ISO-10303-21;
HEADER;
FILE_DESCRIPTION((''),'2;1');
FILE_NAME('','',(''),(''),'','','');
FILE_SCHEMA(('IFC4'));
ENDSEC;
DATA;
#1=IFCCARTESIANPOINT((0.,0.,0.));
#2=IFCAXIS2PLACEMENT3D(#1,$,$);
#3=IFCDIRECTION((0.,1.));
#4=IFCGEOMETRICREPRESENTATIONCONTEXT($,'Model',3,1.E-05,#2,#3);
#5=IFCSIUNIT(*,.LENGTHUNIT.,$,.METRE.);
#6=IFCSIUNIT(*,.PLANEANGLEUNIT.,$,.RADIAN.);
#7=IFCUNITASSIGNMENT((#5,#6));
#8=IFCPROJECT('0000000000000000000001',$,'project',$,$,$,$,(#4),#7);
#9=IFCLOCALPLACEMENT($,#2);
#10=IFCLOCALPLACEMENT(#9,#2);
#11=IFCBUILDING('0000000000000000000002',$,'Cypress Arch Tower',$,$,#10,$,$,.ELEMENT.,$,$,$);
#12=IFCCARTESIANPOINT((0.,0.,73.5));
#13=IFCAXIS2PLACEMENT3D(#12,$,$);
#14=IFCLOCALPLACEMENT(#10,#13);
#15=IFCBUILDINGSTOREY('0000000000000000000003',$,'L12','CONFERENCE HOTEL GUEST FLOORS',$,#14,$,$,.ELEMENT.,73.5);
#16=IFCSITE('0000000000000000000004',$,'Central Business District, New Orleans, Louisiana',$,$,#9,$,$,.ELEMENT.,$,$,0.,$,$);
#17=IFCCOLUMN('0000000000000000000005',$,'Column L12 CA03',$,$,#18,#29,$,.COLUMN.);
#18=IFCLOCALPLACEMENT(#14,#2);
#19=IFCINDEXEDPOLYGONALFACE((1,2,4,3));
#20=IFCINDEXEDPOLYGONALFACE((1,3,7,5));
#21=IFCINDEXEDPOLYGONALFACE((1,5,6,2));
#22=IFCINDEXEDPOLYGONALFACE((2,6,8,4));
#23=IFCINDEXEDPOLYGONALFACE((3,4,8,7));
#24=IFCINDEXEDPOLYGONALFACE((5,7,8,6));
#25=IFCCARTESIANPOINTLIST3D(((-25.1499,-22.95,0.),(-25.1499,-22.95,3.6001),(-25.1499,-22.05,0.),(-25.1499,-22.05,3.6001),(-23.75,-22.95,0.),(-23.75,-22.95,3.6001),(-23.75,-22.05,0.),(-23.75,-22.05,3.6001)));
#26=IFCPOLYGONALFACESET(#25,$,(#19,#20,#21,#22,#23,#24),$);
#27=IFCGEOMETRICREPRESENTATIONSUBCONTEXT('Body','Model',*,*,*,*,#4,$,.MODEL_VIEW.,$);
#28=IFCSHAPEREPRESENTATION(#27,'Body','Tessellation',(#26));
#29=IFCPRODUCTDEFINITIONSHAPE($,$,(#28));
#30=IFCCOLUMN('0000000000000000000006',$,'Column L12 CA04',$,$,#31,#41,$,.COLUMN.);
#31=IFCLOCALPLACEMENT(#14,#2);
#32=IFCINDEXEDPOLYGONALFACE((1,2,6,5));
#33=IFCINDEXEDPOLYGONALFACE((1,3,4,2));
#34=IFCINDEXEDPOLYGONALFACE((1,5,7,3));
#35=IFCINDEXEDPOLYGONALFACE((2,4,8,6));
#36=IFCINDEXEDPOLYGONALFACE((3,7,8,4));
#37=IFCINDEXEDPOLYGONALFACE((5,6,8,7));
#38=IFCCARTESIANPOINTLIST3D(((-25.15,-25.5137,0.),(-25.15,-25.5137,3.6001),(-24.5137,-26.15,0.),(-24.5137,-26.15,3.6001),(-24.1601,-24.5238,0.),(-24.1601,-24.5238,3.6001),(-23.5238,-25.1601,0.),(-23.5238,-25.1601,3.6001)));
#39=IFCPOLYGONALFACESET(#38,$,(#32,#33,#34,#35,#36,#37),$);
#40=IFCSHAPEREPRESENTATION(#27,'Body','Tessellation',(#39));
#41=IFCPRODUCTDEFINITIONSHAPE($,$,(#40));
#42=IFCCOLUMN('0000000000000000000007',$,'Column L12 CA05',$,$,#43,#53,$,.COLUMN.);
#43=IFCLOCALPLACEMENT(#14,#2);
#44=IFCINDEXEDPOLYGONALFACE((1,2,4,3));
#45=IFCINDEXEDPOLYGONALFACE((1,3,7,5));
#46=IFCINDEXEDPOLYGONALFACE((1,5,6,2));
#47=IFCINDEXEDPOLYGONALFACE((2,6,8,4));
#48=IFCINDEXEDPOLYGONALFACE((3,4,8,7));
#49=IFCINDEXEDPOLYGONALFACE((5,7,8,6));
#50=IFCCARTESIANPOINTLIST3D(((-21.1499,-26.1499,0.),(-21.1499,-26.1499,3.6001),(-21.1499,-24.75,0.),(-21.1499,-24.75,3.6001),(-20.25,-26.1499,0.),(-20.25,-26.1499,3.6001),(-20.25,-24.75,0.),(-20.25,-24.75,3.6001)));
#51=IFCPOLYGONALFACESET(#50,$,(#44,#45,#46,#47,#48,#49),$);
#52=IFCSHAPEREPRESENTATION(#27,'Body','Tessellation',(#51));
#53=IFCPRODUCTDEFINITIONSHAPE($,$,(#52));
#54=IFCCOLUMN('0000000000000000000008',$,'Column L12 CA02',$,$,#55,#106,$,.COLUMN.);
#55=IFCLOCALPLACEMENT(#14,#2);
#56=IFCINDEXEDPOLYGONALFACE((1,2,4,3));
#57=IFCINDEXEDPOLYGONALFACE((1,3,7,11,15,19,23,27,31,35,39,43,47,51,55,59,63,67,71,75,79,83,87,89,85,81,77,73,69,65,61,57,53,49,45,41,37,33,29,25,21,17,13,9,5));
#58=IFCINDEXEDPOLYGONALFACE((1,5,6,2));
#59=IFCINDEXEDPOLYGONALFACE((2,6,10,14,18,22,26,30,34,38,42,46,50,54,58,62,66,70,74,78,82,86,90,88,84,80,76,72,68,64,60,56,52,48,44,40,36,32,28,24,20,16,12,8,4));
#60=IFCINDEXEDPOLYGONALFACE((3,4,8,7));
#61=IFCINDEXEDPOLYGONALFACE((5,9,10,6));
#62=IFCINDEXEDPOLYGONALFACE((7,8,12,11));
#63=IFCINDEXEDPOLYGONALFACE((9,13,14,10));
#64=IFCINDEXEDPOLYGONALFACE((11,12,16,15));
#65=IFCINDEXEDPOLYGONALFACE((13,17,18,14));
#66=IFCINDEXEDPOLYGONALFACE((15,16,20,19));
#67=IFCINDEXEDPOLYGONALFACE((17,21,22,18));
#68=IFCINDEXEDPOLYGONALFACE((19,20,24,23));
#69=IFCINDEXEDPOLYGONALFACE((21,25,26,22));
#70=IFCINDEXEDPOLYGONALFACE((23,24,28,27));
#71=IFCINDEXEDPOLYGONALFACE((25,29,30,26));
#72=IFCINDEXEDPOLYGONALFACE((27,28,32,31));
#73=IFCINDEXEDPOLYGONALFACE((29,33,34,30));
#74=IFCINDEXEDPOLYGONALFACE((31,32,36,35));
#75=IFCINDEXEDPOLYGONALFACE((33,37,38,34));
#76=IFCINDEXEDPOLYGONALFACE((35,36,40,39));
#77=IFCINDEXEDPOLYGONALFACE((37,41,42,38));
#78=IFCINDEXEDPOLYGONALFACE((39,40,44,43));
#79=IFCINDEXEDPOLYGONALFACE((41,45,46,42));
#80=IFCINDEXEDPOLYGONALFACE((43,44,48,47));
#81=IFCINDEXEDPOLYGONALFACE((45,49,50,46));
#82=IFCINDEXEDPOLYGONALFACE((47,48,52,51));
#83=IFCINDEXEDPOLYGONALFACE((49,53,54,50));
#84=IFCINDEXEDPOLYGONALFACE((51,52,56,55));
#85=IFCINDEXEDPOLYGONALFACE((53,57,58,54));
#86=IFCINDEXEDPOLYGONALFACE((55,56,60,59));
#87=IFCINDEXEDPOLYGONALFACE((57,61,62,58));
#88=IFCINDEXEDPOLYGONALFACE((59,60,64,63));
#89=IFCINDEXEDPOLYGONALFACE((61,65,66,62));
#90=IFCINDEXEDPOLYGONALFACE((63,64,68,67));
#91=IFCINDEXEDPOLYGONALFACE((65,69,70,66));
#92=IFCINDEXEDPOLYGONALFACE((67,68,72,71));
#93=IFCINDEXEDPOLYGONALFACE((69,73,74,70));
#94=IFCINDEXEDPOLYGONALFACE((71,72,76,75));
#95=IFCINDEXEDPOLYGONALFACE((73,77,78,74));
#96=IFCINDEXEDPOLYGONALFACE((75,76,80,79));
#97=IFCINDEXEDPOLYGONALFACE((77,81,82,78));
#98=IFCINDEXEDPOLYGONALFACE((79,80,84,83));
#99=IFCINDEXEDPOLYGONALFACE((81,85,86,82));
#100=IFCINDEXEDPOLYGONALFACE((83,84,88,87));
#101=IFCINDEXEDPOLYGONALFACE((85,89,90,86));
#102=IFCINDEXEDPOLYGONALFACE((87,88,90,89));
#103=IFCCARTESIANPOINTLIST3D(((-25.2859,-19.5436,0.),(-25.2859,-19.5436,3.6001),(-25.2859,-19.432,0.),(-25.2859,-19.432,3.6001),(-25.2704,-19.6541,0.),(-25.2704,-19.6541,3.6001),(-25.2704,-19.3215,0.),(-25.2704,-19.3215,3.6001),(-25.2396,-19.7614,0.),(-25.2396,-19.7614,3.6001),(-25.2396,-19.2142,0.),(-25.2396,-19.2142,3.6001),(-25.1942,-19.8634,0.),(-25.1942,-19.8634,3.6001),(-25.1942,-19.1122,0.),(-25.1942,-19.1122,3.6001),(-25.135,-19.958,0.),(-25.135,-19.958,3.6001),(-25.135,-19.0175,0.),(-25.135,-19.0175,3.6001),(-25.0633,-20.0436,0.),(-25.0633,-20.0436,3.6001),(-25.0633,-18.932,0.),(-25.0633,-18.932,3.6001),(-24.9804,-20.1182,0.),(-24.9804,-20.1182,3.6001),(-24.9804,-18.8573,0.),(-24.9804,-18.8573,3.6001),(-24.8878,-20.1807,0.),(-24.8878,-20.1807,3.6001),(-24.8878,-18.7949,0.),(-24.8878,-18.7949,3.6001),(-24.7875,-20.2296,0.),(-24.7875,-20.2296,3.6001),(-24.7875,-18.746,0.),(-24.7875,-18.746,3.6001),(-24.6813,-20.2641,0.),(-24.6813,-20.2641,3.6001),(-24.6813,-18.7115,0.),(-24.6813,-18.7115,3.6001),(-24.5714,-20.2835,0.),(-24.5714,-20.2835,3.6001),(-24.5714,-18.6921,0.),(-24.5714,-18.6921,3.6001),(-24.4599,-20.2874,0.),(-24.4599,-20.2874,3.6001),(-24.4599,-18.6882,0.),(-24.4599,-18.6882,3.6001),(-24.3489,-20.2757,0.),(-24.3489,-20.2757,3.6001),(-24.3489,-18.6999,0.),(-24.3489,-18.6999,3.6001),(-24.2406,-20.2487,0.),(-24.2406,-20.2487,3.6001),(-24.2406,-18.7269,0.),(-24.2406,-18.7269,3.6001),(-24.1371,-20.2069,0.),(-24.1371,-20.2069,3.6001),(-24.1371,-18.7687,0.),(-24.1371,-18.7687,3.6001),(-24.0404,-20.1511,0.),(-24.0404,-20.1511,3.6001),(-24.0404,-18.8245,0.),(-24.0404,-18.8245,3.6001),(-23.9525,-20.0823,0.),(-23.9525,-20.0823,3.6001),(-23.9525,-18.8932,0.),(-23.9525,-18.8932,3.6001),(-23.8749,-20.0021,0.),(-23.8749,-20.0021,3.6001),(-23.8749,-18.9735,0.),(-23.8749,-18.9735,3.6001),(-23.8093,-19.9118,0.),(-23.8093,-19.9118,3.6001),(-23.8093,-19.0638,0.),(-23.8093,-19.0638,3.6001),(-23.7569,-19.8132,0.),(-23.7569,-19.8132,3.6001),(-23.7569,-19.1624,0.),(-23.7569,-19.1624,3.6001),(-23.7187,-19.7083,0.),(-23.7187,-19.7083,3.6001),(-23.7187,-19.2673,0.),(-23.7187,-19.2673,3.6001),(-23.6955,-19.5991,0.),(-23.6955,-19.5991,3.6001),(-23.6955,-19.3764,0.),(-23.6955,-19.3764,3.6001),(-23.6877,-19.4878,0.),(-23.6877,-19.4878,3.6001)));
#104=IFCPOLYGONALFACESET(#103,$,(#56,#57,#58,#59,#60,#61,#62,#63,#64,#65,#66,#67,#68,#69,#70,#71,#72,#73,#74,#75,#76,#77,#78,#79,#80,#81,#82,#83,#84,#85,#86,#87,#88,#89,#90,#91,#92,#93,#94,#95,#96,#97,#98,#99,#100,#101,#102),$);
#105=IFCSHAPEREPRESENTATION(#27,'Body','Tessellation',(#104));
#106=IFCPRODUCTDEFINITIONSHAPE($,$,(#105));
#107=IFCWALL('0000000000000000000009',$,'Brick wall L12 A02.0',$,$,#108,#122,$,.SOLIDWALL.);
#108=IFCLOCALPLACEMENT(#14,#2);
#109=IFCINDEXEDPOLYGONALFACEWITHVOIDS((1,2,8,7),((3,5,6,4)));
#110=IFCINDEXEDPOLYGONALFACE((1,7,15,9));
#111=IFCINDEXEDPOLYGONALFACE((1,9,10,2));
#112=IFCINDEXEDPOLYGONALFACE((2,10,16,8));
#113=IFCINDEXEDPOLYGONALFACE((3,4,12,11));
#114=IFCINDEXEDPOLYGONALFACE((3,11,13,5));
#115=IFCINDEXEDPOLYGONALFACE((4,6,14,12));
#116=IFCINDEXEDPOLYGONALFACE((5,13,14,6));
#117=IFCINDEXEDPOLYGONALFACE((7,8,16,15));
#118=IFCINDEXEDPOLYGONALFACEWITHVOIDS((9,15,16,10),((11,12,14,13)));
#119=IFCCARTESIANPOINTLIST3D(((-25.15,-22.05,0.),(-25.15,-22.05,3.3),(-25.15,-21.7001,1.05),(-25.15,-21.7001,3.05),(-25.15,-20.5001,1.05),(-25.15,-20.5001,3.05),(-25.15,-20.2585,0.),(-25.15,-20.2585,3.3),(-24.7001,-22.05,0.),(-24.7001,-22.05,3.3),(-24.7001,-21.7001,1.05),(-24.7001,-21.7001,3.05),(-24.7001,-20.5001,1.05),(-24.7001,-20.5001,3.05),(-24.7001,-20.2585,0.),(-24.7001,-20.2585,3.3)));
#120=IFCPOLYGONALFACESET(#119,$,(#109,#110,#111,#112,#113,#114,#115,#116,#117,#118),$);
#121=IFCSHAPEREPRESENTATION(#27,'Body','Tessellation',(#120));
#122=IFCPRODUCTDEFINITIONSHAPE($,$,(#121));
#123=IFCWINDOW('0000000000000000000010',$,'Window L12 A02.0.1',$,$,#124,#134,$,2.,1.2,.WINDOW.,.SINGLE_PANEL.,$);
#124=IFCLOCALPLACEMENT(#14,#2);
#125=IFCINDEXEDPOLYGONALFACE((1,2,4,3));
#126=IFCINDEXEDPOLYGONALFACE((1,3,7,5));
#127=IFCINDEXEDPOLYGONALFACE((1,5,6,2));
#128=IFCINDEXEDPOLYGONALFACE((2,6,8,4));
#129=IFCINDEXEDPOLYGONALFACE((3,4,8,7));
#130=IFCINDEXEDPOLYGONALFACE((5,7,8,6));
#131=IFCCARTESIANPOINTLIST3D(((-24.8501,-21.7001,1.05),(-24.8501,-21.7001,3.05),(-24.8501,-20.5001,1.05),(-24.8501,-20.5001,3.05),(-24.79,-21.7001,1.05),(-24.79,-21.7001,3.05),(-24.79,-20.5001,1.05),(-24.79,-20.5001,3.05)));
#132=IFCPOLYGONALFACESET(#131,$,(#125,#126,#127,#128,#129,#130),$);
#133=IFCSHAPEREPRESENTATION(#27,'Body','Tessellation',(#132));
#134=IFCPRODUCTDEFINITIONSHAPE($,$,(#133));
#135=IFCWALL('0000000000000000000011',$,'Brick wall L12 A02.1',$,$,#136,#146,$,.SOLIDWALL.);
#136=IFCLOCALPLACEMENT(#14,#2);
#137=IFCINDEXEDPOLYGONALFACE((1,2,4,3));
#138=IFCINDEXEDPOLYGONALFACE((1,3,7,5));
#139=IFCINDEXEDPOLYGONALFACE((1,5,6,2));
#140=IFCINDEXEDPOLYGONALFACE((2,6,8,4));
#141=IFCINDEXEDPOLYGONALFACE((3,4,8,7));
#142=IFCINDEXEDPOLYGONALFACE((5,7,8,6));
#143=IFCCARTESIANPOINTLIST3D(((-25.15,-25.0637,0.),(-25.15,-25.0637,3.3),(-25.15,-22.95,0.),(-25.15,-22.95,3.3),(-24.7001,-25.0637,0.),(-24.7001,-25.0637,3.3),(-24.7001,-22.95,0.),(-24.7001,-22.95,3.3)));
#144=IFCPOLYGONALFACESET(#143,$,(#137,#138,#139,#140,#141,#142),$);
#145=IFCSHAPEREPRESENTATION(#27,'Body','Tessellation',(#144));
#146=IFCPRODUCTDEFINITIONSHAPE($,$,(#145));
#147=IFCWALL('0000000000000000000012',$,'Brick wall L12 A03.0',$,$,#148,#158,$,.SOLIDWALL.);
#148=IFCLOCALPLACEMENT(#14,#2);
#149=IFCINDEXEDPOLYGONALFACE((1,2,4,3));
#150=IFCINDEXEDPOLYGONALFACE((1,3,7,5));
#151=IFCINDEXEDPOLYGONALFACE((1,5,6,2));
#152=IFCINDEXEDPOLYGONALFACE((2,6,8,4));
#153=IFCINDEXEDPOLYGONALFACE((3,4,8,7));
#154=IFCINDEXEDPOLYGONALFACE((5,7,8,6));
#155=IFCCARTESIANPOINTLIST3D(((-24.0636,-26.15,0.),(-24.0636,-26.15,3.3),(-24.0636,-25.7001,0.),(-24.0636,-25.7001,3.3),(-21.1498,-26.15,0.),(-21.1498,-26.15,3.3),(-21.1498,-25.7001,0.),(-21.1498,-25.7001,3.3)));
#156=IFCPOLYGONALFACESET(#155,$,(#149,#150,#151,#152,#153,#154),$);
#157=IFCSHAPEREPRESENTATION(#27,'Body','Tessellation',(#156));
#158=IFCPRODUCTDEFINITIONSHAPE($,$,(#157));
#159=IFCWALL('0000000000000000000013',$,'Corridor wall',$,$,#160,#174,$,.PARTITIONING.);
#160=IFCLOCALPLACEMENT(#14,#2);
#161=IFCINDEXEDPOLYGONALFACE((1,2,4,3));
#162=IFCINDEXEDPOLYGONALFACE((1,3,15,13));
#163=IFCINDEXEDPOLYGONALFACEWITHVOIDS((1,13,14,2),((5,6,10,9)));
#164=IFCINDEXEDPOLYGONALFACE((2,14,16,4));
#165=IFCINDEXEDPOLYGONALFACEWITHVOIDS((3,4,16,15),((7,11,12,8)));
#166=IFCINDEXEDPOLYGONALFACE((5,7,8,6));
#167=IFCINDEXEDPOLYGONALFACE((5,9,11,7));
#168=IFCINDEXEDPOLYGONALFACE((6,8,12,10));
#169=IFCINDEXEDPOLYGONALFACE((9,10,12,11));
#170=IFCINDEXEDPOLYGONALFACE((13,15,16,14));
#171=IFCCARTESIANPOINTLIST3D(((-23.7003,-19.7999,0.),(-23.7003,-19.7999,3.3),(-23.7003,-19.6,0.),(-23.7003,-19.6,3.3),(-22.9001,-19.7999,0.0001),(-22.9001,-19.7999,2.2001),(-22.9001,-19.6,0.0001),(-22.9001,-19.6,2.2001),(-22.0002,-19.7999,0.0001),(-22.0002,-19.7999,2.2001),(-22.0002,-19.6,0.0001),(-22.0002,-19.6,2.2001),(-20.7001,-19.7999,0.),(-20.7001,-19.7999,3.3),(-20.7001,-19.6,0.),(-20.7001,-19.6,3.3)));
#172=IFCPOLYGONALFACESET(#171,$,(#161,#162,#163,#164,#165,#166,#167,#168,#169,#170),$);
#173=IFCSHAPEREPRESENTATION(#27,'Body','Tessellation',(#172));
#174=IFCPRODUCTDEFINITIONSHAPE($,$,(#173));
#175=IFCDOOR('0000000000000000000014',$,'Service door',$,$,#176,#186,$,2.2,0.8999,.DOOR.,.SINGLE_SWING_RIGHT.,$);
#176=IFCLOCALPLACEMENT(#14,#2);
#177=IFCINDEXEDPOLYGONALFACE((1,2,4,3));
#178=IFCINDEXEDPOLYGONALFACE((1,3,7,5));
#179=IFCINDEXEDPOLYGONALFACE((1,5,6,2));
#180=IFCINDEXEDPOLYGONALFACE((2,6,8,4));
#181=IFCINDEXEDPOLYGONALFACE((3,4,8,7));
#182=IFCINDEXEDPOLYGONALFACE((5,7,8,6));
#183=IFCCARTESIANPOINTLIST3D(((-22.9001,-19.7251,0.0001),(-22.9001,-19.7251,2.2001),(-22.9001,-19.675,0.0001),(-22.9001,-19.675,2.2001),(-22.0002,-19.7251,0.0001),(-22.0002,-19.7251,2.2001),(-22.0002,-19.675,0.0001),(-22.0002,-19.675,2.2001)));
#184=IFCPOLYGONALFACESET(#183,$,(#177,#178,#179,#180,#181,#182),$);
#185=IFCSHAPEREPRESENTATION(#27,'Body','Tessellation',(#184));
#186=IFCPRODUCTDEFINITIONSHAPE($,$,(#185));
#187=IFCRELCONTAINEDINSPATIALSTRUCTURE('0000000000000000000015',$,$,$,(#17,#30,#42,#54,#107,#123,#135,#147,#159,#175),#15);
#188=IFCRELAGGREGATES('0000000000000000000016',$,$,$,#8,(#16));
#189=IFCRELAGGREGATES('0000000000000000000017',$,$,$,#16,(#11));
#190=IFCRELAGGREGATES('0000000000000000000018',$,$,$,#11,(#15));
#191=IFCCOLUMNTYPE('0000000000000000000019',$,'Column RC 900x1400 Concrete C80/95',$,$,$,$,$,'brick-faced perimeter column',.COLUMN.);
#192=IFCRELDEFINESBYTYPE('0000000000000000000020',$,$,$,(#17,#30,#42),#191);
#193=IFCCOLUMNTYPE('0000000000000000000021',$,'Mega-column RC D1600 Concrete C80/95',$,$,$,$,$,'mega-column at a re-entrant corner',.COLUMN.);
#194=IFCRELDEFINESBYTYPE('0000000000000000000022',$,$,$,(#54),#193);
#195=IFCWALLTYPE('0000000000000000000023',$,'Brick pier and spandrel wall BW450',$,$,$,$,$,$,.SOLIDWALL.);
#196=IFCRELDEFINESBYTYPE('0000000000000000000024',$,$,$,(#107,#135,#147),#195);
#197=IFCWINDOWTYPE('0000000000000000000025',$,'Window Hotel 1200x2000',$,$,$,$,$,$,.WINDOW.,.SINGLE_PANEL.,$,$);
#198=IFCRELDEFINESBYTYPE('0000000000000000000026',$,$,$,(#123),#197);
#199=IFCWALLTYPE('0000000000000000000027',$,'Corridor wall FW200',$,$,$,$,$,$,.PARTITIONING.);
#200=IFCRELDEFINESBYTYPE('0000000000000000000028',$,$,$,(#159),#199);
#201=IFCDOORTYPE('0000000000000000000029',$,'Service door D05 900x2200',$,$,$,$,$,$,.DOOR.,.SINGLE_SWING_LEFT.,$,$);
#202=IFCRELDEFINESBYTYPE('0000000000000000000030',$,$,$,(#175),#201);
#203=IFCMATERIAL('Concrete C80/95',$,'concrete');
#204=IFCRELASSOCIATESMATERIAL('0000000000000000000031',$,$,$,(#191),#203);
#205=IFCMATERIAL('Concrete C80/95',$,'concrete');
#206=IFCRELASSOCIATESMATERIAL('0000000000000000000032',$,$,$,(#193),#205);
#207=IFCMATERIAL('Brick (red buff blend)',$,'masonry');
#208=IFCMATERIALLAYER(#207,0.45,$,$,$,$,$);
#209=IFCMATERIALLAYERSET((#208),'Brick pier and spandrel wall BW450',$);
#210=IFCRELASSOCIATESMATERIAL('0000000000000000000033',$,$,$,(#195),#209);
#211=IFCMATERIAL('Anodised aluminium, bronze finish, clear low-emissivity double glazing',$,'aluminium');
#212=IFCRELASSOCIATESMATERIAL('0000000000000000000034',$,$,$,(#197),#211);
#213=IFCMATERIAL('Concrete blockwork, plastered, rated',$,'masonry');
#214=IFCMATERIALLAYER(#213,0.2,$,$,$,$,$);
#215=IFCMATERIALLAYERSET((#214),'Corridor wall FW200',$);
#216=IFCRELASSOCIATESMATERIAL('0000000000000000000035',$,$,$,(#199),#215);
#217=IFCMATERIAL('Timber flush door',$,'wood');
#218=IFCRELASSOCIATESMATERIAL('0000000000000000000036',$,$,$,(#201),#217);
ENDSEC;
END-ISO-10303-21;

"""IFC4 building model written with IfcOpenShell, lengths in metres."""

from ifc_helpers import new_model, si_unit, direction, frame, frame_2d, origin, origin_2d, place, context, subcontext, project, spatial, rectangle, circle, extrude, material, layer, layer_set, material_profile, profile_set, type_object, element, fill, save


model = new_model("IFC4")

# Units and contexts
model_context = context("Model", 3, precision=1e-05, world=origin(), true_north=direction((0.0, 1.0)))
body_context = subcontext(model_context, "Body", "Model", "MODEL_VIEW")
ifc_project = project(units=[si_unit("LENGTHUNIT", "METRE"), si_unit("PLANEANGLEUNIT", "RADIAN")], contexts=[model_context])

# Site, building, storey
site_placement = place(None, origin())
site = spatial("IfcSite", under=ifc_project, at=site_placement, Name="Central Business District, New Orleans, Louisiana", CompositionType="ELEMENT", RefElevation=0.0)
building_placement = place(site_placement, origin())
building = spatial("IfcBuilding", under=site, at=building_placement, Name="Cypress Arch Tower", CompositionType="ELEMENT")
storey_placement = place(building_placement, frame((0.0, 0.0, 73.5)))
storey = spatial("IfcBuildingStorey", under=building, at=storey_placement, Name="L12", Description="CONFERENCE HOTEL GUEST FLOORS", CompositionType="ELEMENT", Elevation=73.5)

# Columns
ifc_material_1 = material(Name="Concrete C80/95", Category="concrete")
ifc_material_profile_1 = material_profile(ifc_material_1, rectangle(XDim=0.8999, YDim=1.3999, at=origin_2d()), Name="RC 900x1400")
ifc_profile_set_1 = profile_set([ifc_material_profile_1], Name="Concrete C80/95")
column_type_1 = type_object("IfcColumnType", Name="Column RC 900x1400 Concrete C80/95", ElementType="brick-faced perimeter column", PredefinedType="COLUMN", material=ifc_profile_set_1)
for number, where, z_axis, x_axis, name in (
    (1, (-24.45, -22.5, 0.0), (0.0, 0.0, 1.0), (0.0, -1.0, 0.0), "Column L12 CA03"),
    (2, (-24.3369, -25.3369, 0.0), (0.0, 0.0, 1.0), (0.707107, -0.707107, 0.0), "Column L12 CA04"),
    (3, (-20.7, -25.45, 0.0), (0.0, 0.0, 1.0), (1.0, 0.0, 0.0), "Column L12 CA05"),
):
    element("IfcColumn", number, at=place(storey_placement, frame(where, z_axis=z_axis, x_axis=x_axis)), inside=storey, type_object=column_type_1, Name=name, PredefinedType="COLUMN", context=body_context, shape_type="SweptSolid", body=[
        extrude(rectangle(XDim=0.8999, YDim=1.3999, at=origin_2d()), origin(), (0.0, 0.0, 1.0), 3.6001),
    ])
ifc_material_2 = material(Name="Concrete C80/95", Category="concrete")
ifc_material_profile_2 = material_profile(ifc_material_2, circle(Radius=0.8, at=origin_2d()), Name="RC D1600")
ifc_profile_set_2 = profile_set([ifc_material_profile_2], Name="Concrete C80/95")
column_type_2 = type_object("IfcColumnType", Name="Mega-column RC D1600 Concrete C80/95", ElementType="mega-column at a re-entrant corner", PredefinedType="COLUMN", material=ifc_profile_set_2)
column_placement = place(storey_placement, frame((-24.4878, -19.4878, 0.0), z_axis=(0.0, 0.0, 1.0), x_axis=(1.0, 0.0, 0.0)))
element("IfcColumn", 4, at=column_placement, inside=storey, type_object=column_type_2, Name="Column L12 CA02", PredefinedType="COLUMN", context=body_context, shape_type="SweptSolid", body=[
    extrude(circle(Radius=0.8, at=origin_2d()), origin(), (0.0, 0.0, 1.0), 3.6001),
])

# Wall, opening, window
ifc_material_3 = material(Name="Brick (red buff blend)", Category="masonry")
ifc_layer_1 = layer(ifc_material_3, 0.45)
ifc_layer_set_1 = layer_set([ifc_layer_1], Name="Brick pier and spandrel wall BW450")
wall_type_1 = type_object("IfcWallType", Name="Brick pier and spandrel wall BW450", PredefinedType="SOLIDWALL", material=ifc_layer_set_1)
wall_1_placement = place(storey_placement, frame((-24.925, -20.2585, 0.0), z_axis=(0.0, 0.0, 1.0), x_axis=(0.0, -1.0, 0.0)))
wall_1 = element("IfcWall", 5, at=wall_1_placement, inside=storey, type_object=wall_type_1, Name="Brick wall L12 A02.0", PredefinedType="SOLIDWALL", context=body_context, shape_type="SweptSolid", body=[
    extrude(rectangle(XDim=1.7915, YDim=0.45, at=frame_2d((0.8958, 0.0))), origin(), (0.0, 0.0, 1.0), 3.3),
])
opening_1_placement = place(wall_1_placement, frame((0.2415, 0.0, 1.05)))
opening_1 = element("IfcOpeningElement", 6, at=opening_1_placement, cuts=wall_1, PredefinedType="OPENING", context=body_context, shape_type="SweptSolid", body=[
    extrude(rectangle(XDim=1.2, YDim=2.0, at=frame_2d((0.6001, 1.0))), frame((0.0, 0.2349, 0.0), z_axis=(0.0, -1.0, 0.0), x_axis=(1.0, 0.0, 0.0)), (0.0, 0.0, 1.0), 0.47),
])
ifc_material_4 = material(Name="Anodised aluminium, bronze finish, clear low-emissivity double glazing", Category="aluminium")
window_type = type_object("IfcWindowType", Name="Window Hotel 1200x2000", PartitioningType="SINGLE_PANEL", PredefinedType="WINDOW", material=ifc_material_4)
window_placement = place(opening_1_placement, origin())
window = element("IfcWindow", 7, at=window_placement, inside=storey, type_object=window_type, Name="Window L12 A02.0.1", OverallHeight=2.0, OverallWidth=1.2, PartitioningType="SINGLE_PANEL", PredefinedType="WINDOW", context=body_context, shape_type="SweptSolid", body=[
    extrude(rectangle(XDim=1.2, YDim=2.0, at=frame_2d((0.6001, 1.0))), frame((0.0, 0.135, 0.0), z_axis=(0.0, -1.0, 0.0), x_axis=(1.0, 0.0, 0.0)), (0.0, 0.0, 1.0), 0.0601),
])
fill(opening_1, window)

# Walls
wall_2_placement = place(storey_placement, frame((-24.925, -22.95, 0.0), z_axis=(0.0, 0.0, 1.0), x_axis=(0.0, -1.0, 0.0)))
element("IfcWall", 8, at=wall_2_placement, inside=storey, type_object=wall_type_1, Name="Brick wall L12 A02.1", PredefinedType="SOLIDWALL", context=body_context, shape_type="SweptSolid", body=[
    extrude(rectangle(XDim=2.1138, YDim=0.45, at=frame_2d((1.0569, 0.0))), origin(), (0.0, 0.0, 1.0), 3.3),
])
wall_3_placement = place(storey_placement, frame((-24.0637, -25.925, 0.0), z_axis=(0.0, 0.0, 1.0), x_axis=(1.0, 0.0, 0.0)))
element("IfcWall", 9, at=wall_3_placement, inside=storey, type_object=wall_type_1, Name="Brick wall L12 A03.0", PredefinedType="SOLIDWALL", context=body_context, shape_type="SweptSolid", body=[
    extrude(rectangle(XDim=2.9138, YDim=0.45, at=frame_2d((1.457, 0.0))), origin(), (0.0, 0.0, 1.0), 3.3),
])

# Wall, opening, door
ifc_material_5 = material(Name="Concrete blockwork, plastered, rated", Category="masonry")
ifc_layer_2 = layer(ifc_material_5, 0.2)
ifc_layer_set_2 = layer_set([ifc_layer_2], Name="Corridor wall FW200")
wall_type_2 = type_object("IfcWallType", Name="Corridor wall FW200", PredefinedType="PARTITIONING", material=ifc_layer_set_2)
wall_4_placement = place(storey_placement, frame((-23.7002, -19.7, 0.0), z_axis=(0.0, 0.0, 1.0), x_axis=(1.0, 0.0, 0.0)))
wall_4 = element("IfcWall", 10, at=wall_4_placement, inside=storey, type_object=wall_type_2, Name="Corridor wall", PredefinedType="PARTITIONING", context=body_context, shape_type="SweptSolid", body=[
    extrude(rectangle(XDim=3.0002, YDim=0.2, at=frame_2d((1.5, 0.0))), origin(), (0.0, 0.0, 1.0), 3.3),
])
opening_2_placement = place(wall_4_placement, frame((0.8, 0.0, 0.0)))
opening_2 = element("IfcOpeningElement", 11, at=opening_2_placement, cuts=wall_4, PredefinedType="OPENING", context=body_context, shape_type="SweptSolid", body=[
    extrude(rectangle(XDim=0.8999, YDim=2.2, at=frame_2d((0.45, 1.1001))), frame((0.0, 0.1099, 0.0), z_axis=(0.0, -1.0, 0.0), x_axis=(1.0, 0.0, 0.0)), (0.0, 0.0, 1.0), 0.22),
])
ifc_material_6 = material(Name="Timber flush door", Category="wood")
door_type_1 = type_object("IfcDoorType", Name="Service door D05 900x2200", OperationType="SINGLE_SWING_LEFT", PredefinedType="DOOR", material=ifc_material_6)
door_1_placement = place(opening_2_placement, origin())
door_1 = element("IfcDoor", 12, at=door_1_placement, inside=storey, type_object=door_type_1, Name="Service door", OperationType="SINGLE_SWING_RIGHT", OverallHeight=2.2, OverallWidth=0.8999, PredefinedType="DOOR", context=body_context, shape_type="SweptSolid", body=[
    extrude(rectangle(XDim=0.8999, YDim=2.2, at=frame_2d((0.45, 1.1001))), frame((0.0, 0.0249, 0.0), z_axis=(0.0, -1.0, 0.0), x_axis=(1.0, 0.0, 0.0)), (0.0, 0.0, 1.0), 0.05),
])
fill(opening_2, door_1)

save(model, "model.ifc")
